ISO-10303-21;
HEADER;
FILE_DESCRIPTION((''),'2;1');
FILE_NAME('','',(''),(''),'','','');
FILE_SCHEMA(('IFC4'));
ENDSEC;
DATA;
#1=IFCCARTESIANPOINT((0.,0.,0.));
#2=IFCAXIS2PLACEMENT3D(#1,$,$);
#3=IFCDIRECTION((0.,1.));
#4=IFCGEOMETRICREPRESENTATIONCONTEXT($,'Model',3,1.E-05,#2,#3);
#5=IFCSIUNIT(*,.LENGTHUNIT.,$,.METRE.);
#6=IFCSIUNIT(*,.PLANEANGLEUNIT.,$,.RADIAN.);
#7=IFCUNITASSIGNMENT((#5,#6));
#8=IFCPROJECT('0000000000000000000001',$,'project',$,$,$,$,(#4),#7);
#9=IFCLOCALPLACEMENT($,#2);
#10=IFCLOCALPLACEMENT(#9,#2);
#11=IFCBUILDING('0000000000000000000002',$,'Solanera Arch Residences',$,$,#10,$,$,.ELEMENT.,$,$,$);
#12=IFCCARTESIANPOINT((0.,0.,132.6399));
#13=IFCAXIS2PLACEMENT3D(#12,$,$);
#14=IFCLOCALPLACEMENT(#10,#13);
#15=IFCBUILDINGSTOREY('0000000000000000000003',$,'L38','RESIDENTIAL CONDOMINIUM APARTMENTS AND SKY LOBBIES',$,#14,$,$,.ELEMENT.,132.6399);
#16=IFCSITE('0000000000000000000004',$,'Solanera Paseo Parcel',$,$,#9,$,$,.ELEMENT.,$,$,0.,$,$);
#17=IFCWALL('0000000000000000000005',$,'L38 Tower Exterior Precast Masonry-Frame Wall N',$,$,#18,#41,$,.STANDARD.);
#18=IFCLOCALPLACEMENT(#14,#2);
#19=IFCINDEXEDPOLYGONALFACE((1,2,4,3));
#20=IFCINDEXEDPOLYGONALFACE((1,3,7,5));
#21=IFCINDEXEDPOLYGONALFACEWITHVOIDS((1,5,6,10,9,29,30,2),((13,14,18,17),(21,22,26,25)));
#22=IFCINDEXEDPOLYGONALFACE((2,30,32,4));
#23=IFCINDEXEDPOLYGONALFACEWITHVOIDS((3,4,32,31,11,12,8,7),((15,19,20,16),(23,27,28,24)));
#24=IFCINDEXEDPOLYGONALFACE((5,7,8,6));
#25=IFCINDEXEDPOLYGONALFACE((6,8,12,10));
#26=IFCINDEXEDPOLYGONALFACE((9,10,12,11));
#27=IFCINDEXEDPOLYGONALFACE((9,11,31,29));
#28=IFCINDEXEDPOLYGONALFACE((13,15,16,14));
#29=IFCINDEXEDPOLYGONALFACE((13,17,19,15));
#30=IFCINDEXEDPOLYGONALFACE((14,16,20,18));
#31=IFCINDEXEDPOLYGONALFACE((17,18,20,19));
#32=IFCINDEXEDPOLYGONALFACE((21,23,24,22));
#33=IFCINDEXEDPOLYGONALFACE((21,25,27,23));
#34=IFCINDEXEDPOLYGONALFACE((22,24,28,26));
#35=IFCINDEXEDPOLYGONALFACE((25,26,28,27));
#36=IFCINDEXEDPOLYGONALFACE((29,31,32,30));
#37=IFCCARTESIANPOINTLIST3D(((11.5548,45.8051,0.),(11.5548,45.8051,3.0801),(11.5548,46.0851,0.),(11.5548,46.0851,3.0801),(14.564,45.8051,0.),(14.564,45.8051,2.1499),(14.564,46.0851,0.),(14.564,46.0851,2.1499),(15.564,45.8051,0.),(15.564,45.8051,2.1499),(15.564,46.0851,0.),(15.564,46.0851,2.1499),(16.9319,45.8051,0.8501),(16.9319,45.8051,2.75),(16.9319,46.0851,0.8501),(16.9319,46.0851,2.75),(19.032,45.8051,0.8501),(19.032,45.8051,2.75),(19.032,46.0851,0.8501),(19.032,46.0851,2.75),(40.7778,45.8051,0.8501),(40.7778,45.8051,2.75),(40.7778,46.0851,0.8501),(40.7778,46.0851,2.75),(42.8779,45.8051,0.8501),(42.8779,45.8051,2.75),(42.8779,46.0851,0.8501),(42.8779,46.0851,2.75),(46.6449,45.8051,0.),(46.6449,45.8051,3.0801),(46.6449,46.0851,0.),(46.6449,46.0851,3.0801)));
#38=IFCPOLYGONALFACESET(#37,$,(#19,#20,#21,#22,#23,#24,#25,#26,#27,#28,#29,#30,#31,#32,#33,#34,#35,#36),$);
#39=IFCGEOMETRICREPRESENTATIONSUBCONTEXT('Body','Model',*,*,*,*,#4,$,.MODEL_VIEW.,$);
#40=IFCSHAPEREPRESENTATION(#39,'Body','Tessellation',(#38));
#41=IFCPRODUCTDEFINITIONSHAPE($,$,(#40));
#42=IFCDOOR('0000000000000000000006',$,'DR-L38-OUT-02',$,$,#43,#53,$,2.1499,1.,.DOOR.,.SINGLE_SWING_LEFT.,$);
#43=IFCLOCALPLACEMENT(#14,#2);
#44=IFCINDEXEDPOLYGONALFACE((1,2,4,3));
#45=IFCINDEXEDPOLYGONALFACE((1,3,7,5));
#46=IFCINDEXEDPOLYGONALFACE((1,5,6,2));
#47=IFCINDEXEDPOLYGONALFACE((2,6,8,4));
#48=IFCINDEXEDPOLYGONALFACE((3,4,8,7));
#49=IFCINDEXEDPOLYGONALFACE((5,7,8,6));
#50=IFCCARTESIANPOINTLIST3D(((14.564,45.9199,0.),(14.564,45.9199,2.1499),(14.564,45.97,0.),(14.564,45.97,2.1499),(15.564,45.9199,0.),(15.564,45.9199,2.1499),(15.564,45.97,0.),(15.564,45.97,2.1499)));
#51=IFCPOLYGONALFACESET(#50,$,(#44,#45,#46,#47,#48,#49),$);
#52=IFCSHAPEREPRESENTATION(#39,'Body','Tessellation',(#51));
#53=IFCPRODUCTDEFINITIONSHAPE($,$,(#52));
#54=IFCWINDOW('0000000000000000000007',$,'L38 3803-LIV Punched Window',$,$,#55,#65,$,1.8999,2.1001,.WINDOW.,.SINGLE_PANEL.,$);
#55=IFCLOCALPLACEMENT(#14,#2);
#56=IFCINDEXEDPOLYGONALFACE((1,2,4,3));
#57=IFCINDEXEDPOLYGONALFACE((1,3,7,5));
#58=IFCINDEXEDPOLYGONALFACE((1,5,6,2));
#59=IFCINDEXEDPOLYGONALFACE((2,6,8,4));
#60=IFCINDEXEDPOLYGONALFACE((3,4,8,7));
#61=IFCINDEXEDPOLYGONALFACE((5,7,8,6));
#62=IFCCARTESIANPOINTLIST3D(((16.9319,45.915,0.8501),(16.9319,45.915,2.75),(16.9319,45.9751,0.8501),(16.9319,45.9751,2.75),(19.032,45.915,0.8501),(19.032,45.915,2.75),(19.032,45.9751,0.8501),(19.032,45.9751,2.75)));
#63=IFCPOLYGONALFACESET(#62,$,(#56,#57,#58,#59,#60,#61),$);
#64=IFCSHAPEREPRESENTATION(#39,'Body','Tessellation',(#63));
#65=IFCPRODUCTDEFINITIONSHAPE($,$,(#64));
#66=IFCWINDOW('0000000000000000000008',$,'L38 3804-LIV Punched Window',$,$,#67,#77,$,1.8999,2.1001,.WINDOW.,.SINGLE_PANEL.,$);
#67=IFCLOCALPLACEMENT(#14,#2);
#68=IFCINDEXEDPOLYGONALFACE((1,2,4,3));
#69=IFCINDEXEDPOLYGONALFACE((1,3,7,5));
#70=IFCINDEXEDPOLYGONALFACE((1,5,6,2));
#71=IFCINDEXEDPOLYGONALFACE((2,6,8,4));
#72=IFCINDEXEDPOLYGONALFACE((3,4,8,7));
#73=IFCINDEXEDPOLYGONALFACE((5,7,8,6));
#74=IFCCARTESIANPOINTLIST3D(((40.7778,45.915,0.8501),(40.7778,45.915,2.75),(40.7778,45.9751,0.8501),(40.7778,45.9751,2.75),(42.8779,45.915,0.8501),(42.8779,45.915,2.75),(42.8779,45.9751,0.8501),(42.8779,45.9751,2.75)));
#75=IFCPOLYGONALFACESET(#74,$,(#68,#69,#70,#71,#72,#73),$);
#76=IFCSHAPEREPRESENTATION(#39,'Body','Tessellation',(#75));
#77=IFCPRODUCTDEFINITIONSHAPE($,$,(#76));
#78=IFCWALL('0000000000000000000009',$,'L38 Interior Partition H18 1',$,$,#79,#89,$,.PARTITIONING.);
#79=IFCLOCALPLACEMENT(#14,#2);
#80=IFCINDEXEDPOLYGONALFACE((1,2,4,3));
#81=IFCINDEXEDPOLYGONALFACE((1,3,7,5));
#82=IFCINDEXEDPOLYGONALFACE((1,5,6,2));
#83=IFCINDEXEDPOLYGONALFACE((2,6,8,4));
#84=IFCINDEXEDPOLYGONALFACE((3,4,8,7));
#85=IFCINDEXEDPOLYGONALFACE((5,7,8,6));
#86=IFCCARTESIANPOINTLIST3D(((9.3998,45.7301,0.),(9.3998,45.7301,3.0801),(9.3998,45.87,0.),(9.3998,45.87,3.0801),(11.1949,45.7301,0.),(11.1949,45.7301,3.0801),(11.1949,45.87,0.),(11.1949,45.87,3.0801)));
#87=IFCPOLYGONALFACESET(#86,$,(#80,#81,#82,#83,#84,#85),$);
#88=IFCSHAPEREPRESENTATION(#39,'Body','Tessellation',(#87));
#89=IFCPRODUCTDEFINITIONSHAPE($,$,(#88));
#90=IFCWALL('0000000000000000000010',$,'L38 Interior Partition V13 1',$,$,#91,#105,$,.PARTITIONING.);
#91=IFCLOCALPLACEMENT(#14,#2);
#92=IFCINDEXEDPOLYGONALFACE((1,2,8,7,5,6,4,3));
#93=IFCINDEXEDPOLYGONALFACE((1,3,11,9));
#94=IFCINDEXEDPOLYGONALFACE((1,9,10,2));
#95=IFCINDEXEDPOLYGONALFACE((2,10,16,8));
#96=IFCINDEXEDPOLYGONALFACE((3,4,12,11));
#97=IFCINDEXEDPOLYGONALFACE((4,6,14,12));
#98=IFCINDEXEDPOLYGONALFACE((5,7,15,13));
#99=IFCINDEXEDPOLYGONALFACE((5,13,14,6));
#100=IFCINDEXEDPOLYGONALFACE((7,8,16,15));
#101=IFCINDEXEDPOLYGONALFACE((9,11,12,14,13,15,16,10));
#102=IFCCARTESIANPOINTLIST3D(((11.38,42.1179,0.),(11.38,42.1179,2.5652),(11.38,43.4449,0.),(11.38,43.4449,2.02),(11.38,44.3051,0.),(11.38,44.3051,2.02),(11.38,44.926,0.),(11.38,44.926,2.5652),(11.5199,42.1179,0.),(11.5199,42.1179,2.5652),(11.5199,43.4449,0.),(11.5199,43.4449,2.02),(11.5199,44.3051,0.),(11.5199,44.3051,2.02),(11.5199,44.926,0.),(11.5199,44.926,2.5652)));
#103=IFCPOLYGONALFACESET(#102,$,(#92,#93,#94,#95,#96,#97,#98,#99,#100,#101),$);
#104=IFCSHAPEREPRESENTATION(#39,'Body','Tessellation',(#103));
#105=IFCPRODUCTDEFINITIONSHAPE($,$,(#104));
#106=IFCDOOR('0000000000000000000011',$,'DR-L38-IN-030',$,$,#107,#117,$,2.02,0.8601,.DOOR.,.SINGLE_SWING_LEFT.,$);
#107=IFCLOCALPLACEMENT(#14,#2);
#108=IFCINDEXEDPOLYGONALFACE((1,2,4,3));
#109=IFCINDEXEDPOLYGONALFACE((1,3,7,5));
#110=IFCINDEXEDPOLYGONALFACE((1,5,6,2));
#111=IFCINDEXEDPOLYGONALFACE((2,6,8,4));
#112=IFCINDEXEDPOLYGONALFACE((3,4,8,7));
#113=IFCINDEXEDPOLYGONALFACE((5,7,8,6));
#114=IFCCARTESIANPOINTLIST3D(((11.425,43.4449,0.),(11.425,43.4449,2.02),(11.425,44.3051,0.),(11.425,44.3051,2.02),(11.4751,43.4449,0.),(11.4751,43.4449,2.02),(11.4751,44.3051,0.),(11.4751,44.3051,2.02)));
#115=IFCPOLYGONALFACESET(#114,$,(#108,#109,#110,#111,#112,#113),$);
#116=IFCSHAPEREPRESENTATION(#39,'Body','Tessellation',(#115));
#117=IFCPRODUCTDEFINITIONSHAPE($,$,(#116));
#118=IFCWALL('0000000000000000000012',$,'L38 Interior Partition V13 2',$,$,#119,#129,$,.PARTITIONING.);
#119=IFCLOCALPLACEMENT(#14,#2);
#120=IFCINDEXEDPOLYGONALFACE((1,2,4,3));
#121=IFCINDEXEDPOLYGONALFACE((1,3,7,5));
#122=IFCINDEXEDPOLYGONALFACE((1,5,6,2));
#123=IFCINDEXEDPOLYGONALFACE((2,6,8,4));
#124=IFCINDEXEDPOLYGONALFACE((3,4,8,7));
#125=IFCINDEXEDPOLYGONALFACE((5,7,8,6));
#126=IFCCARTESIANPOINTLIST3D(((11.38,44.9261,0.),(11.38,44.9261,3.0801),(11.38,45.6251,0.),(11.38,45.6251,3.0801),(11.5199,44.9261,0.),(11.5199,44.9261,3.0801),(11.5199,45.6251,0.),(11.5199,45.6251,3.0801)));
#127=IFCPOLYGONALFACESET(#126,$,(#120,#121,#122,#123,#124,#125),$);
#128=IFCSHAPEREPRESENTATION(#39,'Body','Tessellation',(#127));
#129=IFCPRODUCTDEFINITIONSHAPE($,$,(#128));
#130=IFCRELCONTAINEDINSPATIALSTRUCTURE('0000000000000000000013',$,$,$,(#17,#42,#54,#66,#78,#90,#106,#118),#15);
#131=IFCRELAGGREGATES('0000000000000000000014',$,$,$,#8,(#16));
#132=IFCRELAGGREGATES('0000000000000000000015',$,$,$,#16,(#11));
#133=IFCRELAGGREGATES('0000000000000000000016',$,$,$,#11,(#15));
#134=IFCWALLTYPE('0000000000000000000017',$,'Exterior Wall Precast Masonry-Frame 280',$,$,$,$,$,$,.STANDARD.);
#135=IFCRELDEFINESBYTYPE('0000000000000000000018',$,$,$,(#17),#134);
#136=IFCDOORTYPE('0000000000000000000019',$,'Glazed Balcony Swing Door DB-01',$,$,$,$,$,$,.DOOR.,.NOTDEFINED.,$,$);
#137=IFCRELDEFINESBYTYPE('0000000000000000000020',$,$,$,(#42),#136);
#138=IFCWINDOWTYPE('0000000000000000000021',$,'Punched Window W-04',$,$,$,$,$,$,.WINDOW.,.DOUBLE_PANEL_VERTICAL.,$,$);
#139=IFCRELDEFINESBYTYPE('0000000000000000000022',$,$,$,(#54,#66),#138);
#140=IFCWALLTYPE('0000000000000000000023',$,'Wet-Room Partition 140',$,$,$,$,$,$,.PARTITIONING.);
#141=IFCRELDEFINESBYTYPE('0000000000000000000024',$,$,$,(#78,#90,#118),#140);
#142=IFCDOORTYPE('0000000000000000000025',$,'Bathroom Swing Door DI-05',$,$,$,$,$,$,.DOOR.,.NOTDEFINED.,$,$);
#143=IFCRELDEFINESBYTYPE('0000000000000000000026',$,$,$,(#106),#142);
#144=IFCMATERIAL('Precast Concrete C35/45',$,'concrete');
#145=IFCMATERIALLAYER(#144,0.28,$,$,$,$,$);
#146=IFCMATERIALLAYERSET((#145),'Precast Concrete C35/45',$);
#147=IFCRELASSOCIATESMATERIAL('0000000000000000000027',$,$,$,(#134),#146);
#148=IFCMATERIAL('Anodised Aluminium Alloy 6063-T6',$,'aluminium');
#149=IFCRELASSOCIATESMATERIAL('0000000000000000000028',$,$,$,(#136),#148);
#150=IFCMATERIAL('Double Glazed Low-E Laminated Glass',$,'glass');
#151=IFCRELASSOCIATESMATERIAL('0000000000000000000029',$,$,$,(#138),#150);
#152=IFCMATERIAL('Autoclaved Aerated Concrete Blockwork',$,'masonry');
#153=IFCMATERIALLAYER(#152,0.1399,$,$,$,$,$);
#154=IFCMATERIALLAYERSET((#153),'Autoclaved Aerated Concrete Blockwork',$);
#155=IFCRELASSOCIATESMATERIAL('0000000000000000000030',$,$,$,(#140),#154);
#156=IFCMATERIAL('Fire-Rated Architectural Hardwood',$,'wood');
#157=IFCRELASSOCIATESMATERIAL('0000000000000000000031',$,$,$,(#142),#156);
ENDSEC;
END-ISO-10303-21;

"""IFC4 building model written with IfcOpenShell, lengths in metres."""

from ifc_helpers import new_model, si_unit, direction, frame, frame_2d, origin, place, context, subcontext, project, spatial, rectangle, extrude, material, layer, layer_set, type_object, element, fill, save


model = new_model("IFC4")

# Units and contexts
model_context = context("Model", 3, precision=1e-05, world=origin(), true_north=direction((0.0, 1.0)))
body_context = subcontext(model_context, "Body", "Model", "MODEL_VIEW")
ifc_project = project(units=[si_unit("LENGTHUNIT", "METRE"), si_unit("PLANEANGLEUNIT", "RADIAN")], contexts=[model_context])

# Site, building, storey
site_placement = place(None, origin())
site = spatial("IfcSite", under=ifc_project, at=site_placement, Name="Solanera Paseo Parcel", CompositionType="ELEMENT", RefElevation=0.0)
building_placement = place(site_placement, origin())
building = spatial("IfcBuilding", under=site, at=building_placement, Name="Solanera Arch Residences", CompositionType="ELEMENT")
storey_placement = place(building_placement, frame((0.0, 0.0, 132.6399)))
storey = spatial("IfcBuildingStorey", under=building, at=storey_placement, Name="L38", Description="RESIDENTIAL CONDOMINIUM APARTMENTS AND SKY LOBBIES", CompositionType="ELEMENT", Elevation=132.6399)

# Shared definitions
ifc_material_1 = material(Name="Precast Concrete C35/45", Category="concrete")
ifc_layer_1 = layer(ifc_material_1, 0.28)
ifc_layer_set_1 = layer_set([ifc_layer_1], Name="Precast Concrete C35/45")
wall_type_1 = type_object("IfcWallType", Name="Exterior Wall Precast Masonry-Frame 280", PredefinedType="STANDARD", material=ifc_layer_set_1)

# Wall, openings, door, windows
wall_1_placement = place(storey_placement, frame((11.5549, 45.9451, 0.0), z_axis=(0.0, 0.0, 1.0), x_axis=(1.0, 0.0, 0.0)))
wall_1 = element("IfcWall", 1, at=wall_1_placement, inside=storey, type_object=wall_type_1, Name="L38 Tower Exterior Precast Masonry-Frame Wall N", PredefinedType="STANDARD", context=body_context, shape_type="SweptSolid", body=[
    extrude(rectangle(XDim=35.0901, YDim=0.28, at=frame_2d((17.5449, 0.0))), origin(), (0.0, 0.0, 1.0), 3.0801),
])
opening_1_placement = place(wall_1_placement, frame((3.009, 0.0, 0.0)))
opening_1 = element("IfcOpeningElement", 2, at=opening_1_placement, cuts=wall_1, PredefinedType="OPENING", context=body_context, shape_type="SweptSolid", body=[
    extrude(rectangle(XDim=1.0, YDim=2.1499, at=frame_2d((0.5, 1.075))), frame((0.0, 0.1499, 0.0), z_axis=(0.0, -1.0, 0.0), x_axis=(1.0, 0.0, 0.0)), (0.0, 0.0, 1.0), 0.3),
])
opening_2_placement = place(wall_1_placement, frame((5.377, 0.0, 0.8501)))
opening_2 = element("IfcOpeningElement", 3, at=opening_2_placement, cuts=wall_1, PredefinedType="OPENING", context=body_context, shape_type="SweptSolid", body=[
    extrude(rectangle(XDim=2.1001, YDim=1.8999, at=frame_2d((1.05, 0.95))), frame((0.0, 0.1499, 0.0), z_axis=(0.0, -1.0, 0.0), x_axis=(1.0, 0.0, 0.0)), (0.0, 0.0, 1.0), 0.3),
])
opening_3_placement = place(wall_1_placement, frame((29.2229, 0.0, 0.8501)))
opening_3 = element("IfcOpeningElement", 4, at=opening_3_placement, cuts=wall_1, PredefinedType="OPENING", context=body_context, shape_type="SweptSolid", body=[
    extrude(rectangle(XDim=2.1001, YDim=1.8999, at=frame_2d((1.05, 0.95))), frame((0.0, 0.1499, 0.0), z_axis=(0.0, -1.0, 0.0), x_axis=(1.0, 0.0, 0.0)), (0.0, 0.0, 1.0), 0.3),
])
ifc_material_2 = material(Name="Anodised Aluminium Alloy 6063-T6", Category="aluminium")
door_type_1 = type_object("IfcDoorType", Name="Glazed Balcony Swing Door DB-01", OperationType="NOTDEFINED", PredefinedType="DOOR", material=ifc_material_2)
door_1_placement = place(opening_1_placement, origin())
door_1 = element("IfcDoor", 5, at=door_1_placement, inside=storey, type_object=door_type_1, Name="DR-L38-OUT-02", OperationType="SINGLE_SWING_LEFT", OverallHeight=2.1499, OverallWidth=1.0, PredefinedType="DOOR", context=body_context, shape_type="SweptSolid", body=[
    extrude(rectangle(XDim=1.0, YDim=2.1499, at=frame_2d((0.5, 1.075))), frame((0.0, 0.0249, 0.0), z_axis=(0.0, -1.0, 0.0), x_axis=(1.0, 0.0, 0.0)), (0.0, 0.0, 1.0), 0.05),
])
fill(opening_1, door_1)
ifc_material_3 = material(Name="Double Glazed Low-E Laminated Glass", Category="glass")
window_type = type_object("IfcWindowType", Name="Punched Window W-04", PartitioningType="DOUBLE_PANEL_VERTICAL", PredefinedType="WINDOW", material=ifc_material_3)
window_1_placement = place(opening_2_placement, origin())
window_1 = element("IfcWindow", 6, at=window_1_placement, inside=storey, type_object=window_type, Name="L38 3803-LIV Punched Window", OverallHeight=1.8999, OverallWidth=2.1001, PartitioningType="SINGLE_PANEL", PredefinedType="WINDOW", context=body_context, shape_type="SweptSolid", body=[
    extrude(rectangle(XDim=2.1001, YDim=1.8999, at=frame_2d((1.05, 0.95))), frame((0.0, 0.03, 0.0), z_axis=(0.0, -1.0, 0.0), x_axis=(1.0, 0.0, 0.0)), (0.0, 0.0, 1.0), 0.0601),
])
fill(opening_2, window_1)
window_2_placement = place(opening_3_placement, origin())
window_2 = element("IfcWindow", 7, at=window_2_placement, inside=storey, type_object=window_type, Name="L38 3804-LIV Punched Window", OverallHeight=1.8999, OverallWidth=2.1001, PartitioningType="SINGLE_PANEL", PredefinedType="WINDOW", context=body_context, shape_type="SweptSolid", body=[
    extrude(rectangle(XDim=2.1001, YDim=1.8999, at=frame_2d((1.05, 0.95))), frame((0.0, 0.03, 0.0), z_axis=(0.0, -1.0, 0.0), x_axis=(1.0, 0.0, 0.0)), (0.0, 0.0, 1.0), 0.0601),
])
fill(opening_3, window_2)

# Wall
ifc_material_4 = material(Name="Autoclaved Aerated Concrete Blockwork", Category="masonry")
ifc_layer_2 = layer(ifc_material_4, 0.1399)
ifc_layer_set_2 = layer_set([ifc_layer_2], Name="Autoclaved Aerated Concrete Blockwork")
wall_type_2 = type_object("IfcWallType", Name="Wet-Room Partition 140", PredefinedType="PARTITIONING", material=ifc_layer_set_2)
wall_2_placement = place(storey_placement, frame((9.3999, 45.8, 0.0), z_axis=(0.0, 0.0, 1.0), x_axis=(1.0, 0.0, 0.0)))
element("IfcWall", 8, at=wall_2_placement, inside=storey, type_object=wall_type_2, Name="L38 Interior Partition H18 1", PredefinedType="PARTITIONING", context=body_context, shape_type="SweptSolid", body=[
    extrude(rectangle(XDim=1.7952, YDim=0.1399, at=frame_2d((0.8975, 0.0))), origin(), (0.0, 0.0, 1.0), 3.0801),
])

# Wall, opening, door
wall_3_placement = place(storey_placement, frame((11.45, 42.1179, 0.0), z_axis=(0.0, 0.0, 1.0), x_axis=(0.0, 1.0, 0.0)))
wall_3 = element("IfcWall", 9, at=wall_3_placement, inside=storey, type_object=wall_type_2, Name="L38 Interior Partition V13 1", PredefinedType="PARTITIONING", context=body_context, shape_type="SweptSolid", body=[
    extrude(rectangle(XDim=2.8081, YDim=0.1399, at=frame_2d((1.4041, 0.0))), origin(), (0.0, 0.0, 1.0), 2.5652),
])
opening_4_placement = place(wall_3_placement, frame((1.3269, 0.0, 0.0)))
opening_4 = element("IfcOpeningElement", 10, at=opening_4_placement, cuts=wall_3, PredefinedType="OPENING", context=body_context, shape_type="SweptSolid", body=[
    extrude(rectangle(XDim=0.8601, YDim=2.02, at=frame_2d((0.4302, 1.01))), frame((0.0, 0.0798, 0.0), z_axis=(0.0, -1.0, 0.0), x_axis=(1.0, 0.0, 0.0)), (0.0, 0.0, 1.0), 0.1599),
])
ifc_material_5 = material(Name="Fire-Rated Architectural Hardwood", Category="wood")
door_type_2 = type_object("IfcDoorType", Name="Bathroom Swing Door DI-05", OperationType="NOTDEFINED", PredefinedType="DOOR", material=ifc_material_5)
door_2_placement = place(opening_4_placement, origin())
door_2 = element("IfcDoor", 11, at=door_2_placement, inside=storey, type_object=door_type_2, Name="DR-L38-IN-030", OperationType="SINGLE_SWING_LEFT", OverallHeight=2.02, OverallWidth=0.8601, PredefinedType="DOOR", context=body_context, shape_type="SweptSolid", body=[
    extrude(rectangle(XDim=0.8601, YDim=2.02, at=frame_2d((0.4302, 1.01))), frame((0.0, 0.0249, 0.0), z_axis=(0.0, -1.0, 0.0), x_axis=(1.0, 0.0, 0.0)), (0.0, 0.0, 1.0), 0.05),
])
fill(opening_4, door_2)

# Wall
wall_4_placement = place(storey_placement, frame((11.45, 44.926, 0.0), z_axis=(0.0, 0.0, 1.0), x_axis=(0.0, 1.0, 0.0)))
element("IfcWall", 12, at=wall_4_placement, inside=storey, type_object=wall_type_2, Name="L38 Interior Partition V13 2", PredefinedType="PARTITIONING", context=body_context, shape_type="SweptSolid", body=[
    extrude(rectangle(XDim=0.699, YDim=0.1399, at=frame_2d((0.3496, 0.0))), origin(), (0.0, 0.0, 1.0), 3.0801),
])

save(model, "model.ifc")
